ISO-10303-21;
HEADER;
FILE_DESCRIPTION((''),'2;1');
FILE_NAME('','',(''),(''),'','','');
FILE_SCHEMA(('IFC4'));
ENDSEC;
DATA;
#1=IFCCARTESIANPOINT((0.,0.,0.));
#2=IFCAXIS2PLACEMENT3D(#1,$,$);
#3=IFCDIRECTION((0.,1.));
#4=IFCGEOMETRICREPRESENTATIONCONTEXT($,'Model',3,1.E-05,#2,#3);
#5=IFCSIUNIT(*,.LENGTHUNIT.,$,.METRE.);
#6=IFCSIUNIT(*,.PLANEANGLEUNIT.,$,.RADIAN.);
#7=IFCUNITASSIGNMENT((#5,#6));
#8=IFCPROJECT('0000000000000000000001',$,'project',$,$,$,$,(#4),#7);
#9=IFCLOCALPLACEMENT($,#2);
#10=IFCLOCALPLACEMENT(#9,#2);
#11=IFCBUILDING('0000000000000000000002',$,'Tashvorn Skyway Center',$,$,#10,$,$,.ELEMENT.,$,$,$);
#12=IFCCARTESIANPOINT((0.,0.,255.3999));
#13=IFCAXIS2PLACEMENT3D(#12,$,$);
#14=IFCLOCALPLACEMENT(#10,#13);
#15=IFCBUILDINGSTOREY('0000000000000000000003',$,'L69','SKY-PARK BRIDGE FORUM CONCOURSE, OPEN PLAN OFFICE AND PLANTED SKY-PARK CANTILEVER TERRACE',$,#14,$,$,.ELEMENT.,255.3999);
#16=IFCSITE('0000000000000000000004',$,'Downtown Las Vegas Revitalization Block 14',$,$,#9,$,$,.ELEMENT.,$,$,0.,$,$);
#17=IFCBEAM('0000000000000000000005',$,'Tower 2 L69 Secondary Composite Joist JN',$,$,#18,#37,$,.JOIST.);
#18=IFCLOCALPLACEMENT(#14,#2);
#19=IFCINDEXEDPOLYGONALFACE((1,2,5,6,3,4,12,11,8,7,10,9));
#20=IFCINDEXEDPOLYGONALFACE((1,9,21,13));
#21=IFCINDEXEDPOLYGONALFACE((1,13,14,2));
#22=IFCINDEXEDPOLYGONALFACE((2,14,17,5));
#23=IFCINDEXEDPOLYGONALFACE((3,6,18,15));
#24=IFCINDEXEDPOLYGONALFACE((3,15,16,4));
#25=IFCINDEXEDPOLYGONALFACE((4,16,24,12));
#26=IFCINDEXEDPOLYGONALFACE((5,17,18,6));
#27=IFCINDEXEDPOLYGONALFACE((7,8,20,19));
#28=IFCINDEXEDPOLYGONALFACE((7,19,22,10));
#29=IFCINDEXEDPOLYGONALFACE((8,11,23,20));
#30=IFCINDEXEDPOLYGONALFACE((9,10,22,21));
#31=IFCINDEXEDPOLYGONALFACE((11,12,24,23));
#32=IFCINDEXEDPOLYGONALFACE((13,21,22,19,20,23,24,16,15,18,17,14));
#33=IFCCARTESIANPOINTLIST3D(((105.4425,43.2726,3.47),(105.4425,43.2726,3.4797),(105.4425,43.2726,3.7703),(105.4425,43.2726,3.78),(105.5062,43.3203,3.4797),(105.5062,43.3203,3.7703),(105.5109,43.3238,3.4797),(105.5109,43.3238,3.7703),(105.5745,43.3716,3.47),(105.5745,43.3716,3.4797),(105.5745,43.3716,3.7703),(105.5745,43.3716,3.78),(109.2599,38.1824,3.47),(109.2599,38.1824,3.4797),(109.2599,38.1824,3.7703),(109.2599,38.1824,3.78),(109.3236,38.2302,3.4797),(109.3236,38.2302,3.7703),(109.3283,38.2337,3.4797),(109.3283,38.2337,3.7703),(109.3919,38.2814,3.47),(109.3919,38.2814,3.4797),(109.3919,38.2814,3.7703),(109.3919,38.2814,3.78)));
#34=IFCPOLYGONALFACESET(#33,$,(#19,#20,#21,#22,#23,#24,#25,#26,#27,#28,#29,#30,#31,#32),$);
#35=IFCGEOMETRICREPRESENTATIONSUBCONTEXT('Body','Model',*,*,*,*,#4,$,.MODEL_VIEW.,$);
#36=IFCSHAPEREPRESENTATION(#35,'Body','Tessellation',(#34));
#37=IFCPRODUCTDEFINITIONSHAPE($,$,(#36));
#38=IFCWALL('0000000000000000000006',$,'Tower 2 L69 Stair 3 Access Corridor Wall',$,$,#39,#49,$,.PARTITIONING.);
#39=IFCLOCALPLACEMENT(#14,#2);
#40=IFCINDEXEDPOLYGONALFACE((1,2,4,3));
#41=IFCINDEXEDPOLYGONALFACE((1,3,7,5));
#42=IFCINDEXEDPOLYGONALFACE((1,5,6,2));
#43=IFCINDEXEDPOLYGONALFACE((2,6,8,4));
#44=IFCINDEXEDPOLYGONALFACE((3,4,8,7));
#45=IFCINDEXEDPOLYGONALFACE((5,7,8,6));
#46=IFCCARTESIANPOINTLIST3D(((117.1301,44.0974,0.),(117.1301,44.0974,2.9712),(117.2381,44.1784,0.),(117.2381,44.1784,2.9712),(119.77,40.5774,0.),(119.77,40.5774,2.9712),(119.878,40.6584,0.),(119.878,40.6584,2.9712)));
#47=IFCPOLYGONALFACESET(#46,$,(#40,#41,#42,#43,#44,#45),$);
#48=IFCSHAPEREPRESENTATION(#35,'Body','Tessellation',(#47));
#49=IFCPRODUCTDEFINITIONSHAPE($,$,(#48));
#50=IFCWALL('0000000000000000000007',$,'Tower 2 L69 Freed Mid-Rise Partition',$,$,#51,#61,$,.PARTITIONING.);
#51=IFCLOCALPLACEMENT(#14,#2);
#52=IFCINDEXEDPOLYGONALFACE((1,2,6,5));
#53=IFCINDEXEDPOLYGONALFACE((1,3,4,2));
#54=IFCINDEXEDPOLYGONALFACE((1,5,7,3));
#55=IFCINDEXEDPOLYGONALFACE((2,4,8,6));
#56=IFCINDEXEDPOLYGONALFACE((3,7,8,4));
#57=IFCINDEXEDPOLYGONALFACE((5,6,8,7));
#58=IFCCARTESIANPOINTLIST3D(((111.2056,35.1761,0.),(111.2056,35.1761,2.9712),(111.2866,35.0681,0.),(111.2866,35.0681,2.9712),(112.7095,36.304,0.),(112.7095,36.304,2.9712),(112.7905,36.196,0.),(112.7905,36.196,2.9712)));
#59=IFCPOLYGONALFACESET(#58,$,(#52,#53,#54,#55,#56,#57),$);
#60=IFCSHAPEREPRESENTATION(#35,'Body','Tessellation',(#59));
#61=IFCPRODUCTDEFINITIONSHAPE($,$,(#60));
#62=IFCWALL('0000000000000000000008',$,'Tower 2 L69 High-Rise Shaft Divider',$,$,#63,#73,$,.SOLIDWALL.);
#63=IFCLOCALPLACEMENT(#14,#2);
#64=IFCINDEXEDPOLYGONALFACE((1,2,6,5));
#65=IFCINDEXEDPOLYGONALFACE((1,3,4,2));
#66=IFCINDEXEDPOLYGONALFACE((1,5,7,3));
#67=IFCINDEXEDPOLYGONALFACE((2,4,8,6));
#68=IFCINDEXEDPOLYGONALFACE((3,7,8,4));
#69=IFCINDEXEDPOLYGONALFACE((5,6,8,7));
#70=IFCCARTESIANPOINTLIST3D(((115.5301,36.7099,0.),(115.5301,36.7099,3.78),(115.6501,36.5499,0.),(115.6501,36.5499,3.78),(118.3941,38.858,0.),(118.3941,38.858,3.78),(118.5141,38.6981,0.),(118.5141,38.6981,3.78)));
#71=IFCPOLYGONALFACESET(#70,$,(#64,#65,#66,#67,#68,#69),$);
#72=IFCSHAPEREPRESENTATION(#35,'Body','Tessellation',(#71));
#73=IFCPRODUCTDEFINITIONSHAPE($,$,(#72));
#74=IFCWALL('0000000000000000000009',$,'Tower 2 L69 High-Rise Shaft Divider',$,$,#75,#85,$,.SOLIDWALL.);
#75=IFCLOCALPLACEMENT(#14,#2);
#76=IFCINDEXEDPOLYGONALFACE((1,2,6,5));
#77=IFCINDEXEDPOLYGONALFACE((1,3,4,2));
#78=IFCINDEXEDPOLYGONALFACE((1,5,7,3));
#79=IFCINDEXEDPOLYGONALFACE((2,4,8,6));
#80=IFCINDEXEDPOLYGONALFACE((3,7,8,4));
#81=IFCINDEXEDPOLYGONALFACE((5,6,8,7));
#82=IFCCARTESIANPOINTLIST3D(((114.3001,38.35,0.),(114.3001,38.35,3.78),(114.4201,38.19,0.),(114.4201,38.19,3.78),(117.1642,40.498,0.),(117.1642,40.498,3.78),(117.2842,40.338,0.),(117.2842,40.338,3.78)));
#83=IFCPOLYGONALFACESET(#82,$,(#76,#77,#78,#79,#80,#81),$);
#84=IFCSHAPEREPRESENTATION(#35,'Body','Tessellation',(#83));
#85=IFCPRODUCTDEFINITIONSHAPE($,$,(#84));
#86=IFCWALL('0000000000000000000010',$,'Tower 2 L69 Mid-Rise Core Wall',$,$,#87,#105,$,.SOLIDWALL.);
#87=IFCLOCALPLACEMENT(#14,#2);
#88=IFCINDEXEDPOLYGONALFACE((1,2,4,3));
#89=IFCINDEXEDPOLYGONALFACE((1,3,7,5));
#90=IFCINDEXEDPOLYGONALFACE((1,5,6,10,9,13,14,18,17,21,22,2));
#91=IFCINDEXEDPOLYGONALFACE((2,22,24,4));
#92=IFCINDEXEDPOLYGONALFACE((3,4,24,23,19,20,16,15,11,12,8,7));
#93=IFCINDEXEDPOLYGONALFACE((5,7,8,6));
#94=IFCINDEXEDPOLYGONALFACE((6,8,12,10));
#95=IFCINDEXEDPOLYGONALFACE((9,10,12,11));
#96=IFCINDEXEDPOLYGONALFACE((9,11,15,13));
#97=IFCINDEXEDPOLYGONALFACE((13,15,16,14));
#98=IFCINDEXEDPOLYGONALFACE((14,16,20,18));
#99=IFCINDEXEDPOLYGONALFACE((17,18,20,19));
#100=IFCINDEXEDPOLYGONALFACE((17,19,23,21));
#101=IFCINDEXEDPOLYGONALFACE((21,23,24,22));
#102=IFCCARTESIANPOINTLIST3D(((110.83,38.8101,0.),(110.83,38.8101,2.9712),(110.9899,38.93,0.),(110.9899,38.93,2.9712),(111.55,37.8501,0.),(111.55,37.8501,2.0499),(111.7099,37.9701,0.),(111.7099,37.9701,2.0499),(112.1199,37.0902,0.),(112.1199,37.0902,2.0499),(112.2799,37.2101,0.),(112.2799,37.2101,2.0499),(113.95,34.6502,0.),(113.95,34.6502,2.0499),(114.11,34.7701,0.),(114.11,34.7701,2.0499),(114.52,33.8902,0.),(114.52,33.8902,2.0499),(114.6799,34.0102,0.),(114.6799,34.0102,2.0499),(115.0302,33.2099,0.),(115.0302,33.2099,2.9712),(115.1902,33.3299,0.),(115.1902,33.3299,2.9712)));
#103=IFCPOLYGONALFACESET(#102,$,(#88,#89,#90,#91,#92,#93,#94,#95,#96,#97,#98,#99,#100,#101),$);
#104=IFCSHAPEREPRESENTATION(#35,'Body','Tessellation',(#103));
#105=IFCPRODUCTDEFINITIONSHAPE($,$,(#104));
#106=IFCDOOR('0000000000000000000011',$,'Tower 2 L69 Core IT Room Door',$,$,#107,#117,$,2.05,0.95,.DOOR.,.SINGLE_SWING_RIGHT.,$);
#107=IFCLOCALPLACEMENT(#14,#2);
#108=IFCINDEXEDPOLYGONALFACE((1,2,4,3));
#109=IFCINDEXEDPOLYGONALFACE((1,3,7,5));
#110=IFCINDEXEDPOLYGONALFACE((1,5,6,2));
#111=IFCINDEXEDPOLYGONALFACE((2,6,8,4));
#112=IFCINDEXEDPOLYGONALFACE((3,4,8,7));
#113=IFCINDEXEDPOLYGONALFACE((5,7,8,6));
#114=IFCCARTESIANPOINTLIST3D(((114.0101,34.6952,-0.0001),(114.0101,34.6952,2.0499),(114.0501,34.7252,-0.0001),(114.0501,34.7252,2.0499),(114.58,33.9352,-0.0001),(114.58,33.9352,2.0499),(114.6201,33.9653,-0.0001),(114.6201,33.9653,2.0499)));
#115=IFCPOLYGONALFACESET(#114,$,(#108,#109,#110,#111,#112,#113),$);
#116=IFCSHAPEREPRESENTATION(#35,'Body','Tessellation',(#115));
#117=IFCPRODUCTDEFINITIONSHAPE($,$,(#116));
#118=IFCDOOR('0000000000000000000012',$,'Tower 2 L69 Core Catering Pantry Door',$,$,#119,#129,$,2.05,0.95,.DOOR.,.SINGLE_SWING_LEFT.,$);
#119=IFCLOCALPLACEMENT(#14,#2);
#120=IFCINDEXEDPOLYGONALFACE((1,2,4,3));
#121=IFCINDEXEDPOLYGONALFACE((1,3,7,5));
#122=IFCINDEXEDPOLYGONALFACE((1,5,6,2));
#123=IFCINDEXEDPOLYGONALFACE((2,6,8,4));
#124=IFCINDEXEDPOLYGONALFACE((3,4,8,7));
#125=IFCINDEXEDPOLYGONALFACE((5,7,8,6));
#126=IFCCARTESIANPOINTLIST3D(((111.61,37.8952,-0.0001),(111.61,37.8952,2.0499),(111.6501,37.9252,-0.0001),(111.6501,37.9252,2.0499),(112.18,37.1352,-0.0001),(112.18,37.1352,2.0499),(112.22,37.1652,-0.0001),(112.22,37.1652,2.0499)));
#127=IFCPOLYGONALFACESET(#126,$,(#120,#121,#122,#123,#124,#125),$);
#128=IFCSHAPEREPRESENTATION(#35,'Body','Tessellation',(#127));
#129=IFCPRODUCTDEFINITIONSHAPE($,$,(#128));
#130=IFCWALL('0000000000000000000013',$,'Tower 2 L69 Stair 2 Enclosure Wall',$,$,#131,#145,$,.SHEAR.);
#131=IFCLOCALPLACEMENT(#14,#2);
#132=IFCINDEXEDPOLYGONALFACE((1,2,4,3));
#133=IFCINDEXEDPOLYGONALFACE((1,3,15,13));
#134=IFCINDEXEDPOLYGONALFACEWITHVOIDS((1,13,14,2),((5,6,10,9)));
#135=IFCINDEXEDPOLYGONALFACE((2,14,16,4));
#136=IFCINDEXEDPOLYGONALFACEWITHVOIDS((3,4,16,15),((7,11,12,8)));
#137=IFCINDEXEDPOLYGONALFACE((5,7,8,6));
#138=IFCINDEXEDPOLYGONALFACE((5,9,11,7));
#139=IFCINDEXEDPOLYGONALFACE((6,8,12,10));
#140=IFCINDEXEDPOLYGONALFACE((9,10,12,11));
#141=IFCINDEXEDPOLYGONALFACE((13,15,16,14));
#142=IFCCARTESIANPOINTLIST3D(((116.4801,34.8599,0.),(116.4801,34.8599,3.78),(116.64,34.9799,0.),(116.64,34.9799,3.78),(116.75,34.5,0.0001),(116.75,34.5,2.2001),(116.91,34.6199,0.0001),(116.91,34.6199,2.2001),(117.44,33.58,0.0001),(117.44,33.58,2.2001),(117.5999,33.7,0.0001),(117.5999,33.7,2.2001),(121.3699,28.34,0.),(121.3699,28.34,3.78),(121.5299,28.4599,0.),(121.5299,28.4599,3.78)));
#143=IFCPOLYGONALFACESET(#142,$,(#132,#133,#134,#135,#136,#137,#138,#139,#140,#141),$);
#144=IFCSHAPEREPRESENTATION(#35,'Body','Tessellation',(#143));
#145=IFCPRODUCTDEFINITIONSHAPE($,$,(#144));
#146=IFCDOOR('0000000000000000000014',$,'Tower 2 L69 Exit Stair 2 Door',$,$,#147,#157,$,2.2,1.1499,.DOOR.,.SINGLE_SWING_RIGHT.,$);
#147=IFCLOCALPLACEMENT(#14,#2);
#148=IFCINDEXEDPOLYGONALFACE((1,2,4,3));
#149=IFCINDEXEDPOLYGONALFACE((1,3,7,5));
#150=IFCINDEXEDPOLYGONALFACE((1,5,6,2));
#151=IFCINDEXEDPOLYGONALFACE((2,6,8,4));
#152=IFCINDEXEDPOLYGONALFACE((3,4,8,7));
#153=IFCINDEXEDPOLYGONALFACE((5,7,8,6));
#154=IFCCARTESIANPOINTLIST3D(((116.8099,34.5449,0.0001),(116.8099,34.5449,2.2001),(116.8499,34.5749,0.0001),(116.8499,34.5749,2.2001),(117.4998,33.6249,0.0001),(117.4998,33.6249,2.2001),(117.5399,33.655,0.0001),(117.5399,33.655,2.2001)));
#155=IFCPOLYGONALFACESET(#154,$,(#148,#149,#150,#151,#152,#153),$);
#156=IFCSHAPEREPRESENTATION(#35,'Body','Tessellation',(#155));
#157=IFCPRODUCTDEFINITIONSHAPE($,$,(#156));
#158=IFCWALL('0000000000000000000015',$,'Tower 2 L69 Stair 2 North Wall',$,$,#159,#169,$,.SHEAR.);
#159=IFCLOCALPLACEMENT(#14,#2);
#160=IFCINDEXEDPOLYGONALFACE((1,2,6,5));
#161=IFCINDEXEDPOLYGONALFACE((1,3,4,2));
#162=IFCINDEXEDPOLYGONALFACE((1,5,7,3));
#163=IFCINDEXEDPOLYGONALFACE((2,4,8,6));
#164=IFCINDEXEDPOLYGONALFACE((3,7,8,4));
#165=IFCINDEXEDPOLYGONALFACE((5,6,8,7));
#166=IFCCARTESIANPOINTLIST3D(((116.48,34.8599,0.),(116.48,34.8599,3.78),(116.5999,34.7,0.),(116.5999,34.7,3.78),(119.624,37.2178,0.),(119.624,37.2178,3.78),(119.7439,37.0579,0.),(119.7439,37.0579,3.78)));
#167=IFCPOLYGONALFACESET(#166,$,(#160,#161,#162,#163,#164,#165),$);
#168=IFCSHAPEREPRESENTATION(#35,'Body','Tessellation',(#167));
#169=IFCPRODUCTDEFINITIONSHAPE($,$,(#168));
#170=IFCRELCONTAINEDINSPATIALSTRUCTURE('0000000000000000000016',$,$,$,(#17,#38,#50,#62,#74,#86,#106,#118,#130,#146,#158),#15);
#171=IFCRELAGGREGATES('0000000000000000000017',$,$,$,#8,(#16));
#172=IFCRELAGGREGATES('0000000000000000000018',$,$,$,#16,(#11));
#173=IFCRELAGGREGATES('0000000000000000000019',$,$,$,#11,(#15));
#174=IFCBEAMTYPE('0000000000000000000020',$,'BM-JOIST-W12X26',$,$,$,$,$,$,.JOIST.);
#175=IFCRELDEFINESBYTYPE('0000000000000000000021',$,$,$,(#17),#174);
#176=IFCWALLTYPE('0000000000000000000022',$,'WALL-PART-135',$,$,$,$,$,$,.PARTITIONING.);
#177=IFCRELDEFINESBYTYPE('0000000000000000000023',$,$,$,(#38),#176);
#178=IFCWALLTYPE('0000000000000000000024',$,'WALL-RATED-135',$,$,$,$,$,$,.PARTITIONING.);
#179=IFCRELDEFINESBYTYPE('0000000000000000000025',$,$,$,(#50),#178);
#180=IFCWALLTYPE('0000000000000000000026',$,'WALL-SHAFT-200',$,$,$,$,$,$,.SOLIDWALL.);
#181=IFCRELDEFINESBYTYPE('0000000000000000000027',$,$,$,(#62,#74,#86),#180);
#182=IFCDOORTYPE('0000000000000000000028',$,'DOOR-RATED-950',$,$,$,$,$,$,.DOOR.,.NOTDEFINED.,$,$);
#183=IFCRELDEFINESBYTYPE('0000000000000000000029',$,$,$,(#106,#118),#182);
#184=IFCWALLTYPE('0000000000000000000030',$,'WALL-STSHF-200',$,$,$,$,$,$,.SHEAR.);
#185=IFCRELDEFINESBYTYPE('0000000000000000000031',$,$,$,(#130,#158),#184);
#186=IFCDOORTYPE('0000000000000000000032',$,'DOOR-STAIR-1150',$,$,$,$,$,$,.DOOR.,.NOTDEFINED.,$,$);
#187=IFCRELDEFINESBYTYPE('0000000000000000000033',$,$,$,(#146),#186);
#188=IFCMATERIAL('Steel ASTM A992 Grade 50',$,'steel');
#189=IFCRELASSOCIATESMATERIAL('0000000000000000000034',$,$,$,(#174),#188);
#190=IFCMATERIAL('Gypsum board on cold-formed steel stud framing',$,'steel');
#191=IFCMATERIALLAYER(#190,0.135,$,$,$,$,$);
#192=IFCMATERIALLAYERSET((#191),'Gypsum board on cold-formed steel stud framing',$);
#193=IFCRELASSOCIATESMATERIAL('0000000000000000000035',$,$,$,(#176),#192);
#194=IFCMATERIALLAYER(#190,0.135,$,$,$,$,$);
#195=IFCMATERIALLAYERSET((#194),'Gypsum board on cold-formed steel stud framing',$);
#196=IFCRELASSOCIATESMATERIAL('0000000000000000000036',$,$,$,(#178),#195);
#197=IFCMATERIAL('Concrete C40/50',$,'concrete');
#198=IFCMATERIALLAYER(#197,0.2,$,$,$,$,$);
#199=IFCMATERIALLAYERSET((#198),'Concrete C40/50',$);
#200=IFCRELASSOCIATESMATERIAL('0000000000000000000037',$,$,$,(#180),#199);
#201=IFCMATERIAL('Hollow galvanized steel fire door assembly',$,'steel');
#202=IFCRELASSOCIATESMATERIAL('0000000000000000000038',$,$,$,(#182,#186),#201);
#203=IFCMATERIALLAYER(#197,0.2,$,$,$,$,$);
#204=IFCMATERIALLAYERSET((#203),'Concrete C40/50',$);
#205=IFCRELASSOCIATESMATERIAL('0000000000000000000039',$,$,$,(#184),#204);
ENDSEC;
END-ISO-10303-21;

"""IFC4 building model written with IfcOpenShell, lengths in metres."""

from ifc_helpers import new_model, si_unit, direction, frame, frame_2d, origin, origin_2d, place, context, subcontext, project, spatial, rectangle, i_section, extrude, material, layer, layer_set, material_profile, profile_set, type_object, element, fill, save


model = new_model("IFC4")

# Units and contexts
model_context = context("Model", 3, precision=1e-05, world=origin(), true_north=direction((0.0, 1.0)))
body_context = subcontext(model_context, "Body", "Model", "MODEL_VIEW")
ifc_project = project(units=[si_unit("LENGTHUNIT", "METRE"), si_unit("PLANEANGLEUNIT", "RADIAN")], contexts=[model_context])

# Site, building, storey
site_placement = place(None, origin())
site = spatial("IfcSite", under=ifc_project, at=site_placement, Name="Downtown Las Vegas Revitalization Block 14", CompositionType="ELEMENT", RefElevation=0.0)
building_placement = place(site_placement, origin())
building = spatial("IfcBuilding", under=site, at=building_placement, Name="Tashvorn Skyway Center", CompositionType="ELEMENT")
storey_placement = place(building_placement, frame((0.0, 0.0, 255.3999)))
storey = spatial("IfcBuildingStorey", under=building, at=storey_placement, Name="L69", Description="SKY-PARK BRIDGE FORUM CONCOURSE, OPEN PLAN OFFICE AND PLANTED SKY-PARK CANTILEVER TERRACE", CompositionType="ELEMENT", Elevation=255.3999)

# Beam
ifc_material_1 = material(Name="Steel ASTM A992 Grade 50", Category="steel")
ifc_material_profile = material_profile(ifc_material_1, i_section(OverallWidth=0.165, OverallDepth=0.3101, WebThickness=0.0059, FlangeThickness=0.0098, at=origin_2d()), Name="W12X26")
ifc_profile_set = profile_set([ifc_material_profile], Name="Steel ASTM A992 Grade 50")
beam_type = type_object("IfcBeamType", Name="BM-JOIST-W12X26", PredefinedType="JOIST", material=ifc_profile_set)
beam_placement = place(storey_placement, frame((109.3259, 38.2319, 3.625), z_axis=(-0.599982, 0.800014, 0.0), x_axis=(-0.800014, -0.599982, 0.0)))
element("IfcBeam", 1, at=beam_placement, inside=storey, type_object=beam_type, Name="Tower 2 L69 Secondary Composite Joist JN", PredefinedType="JOIST", context=body_context, shape_type="SweptSolid", body=[
    extrude(i_section(OverallWidth=0.165, OverallDepth=0.3101, WebThickness=0.0059, FlangeThickness=0.0098, at=origin_2d()), origin(), (0.0, 0.0, 1.0), 6.3625),
])

# Walls
ifc_material_2 = material(Name="Gypsum board on cold-formed steel stud framing", Category="steel")
ifc_layer_1 = layer(ifc_material_2, 0.135)
ifc_layer_set_1 = layer_set([ifc_layer_1], Name="Gypsum board on cold-formed steel stud framing")
wall_type_1 = type_object("IfcWallType", Name="WALL-PART-135", PredefinedType="PARTITIONING", material=ifc_layer_set_1)
wall_1_placement = place(storey_placement, frame((119.824, 40.6179, 0.0), z_axis=(0.0, 0.0, 1.0), x_axis=(-0.599982, 0.800013, 0.0)))
element("IfcWall", 2, at=wall_1_placement, inside=storey, type_object=wall_type_1, Name="Tower 2 L69 Stair 3 Access Corridor Wall", PredefinedType="PARTITIONING", context=body_context, shape_type="SweptSolid", body=[
    extrude(rectangle(XDim=4.3999, YDim=0.135, at=frame_2d((2.2, 0.0))), origin(), (0.0, 0.0, 1.0), 2.9712),
])
ifc_layer_2 = layer(ifc_material_2, 0.135)
ifc_layer_set_2 = layer_set([ifc_layer_2], Name="Gypsum board on cold-formed steel stud framing")
wall_type_2 = type_object("IfcWallType", Name="WALL-RATED-135", PredefinedType="PARTITIONING", material=ifc_layer_set_2)
wall_2_placement = place(storey_placement, frame((111.2461, 35.1221, 0.0), z_axis=(0.0, 0.0, 1.0), x_axis=(0.8, 0.6, 0.0)))
element("IfcWall", 3, at=wall_2_placement, inside=storey, type_object=wall_type_2, Name="Tower 2 L69 Freed Mid-Rise Partition", PredefinedType="PARTITIONING", context=body_context, shape_type="SweptSolid", body=[
    extrude(rectangle(XDim=1.8799, YDim=0.135, at=frame_2d((0.9399, 0.0))), origin(), (0.0, 0.0, 1.0), 2.9712),
])
ifc_material_3 = material(Name="Concrete C40/50", Category="concrete")
ifc_layer_3 = layer(ifc_material_3, 0.2)
ifc_layer_set_3 = layer_set([ifc_layer_3], Name="Concrete C40/50")
wall_type_3 = type_object("IfcWallType", Name="WALL-SHAFT-200", PredefinedType="SOLIDWALL", material=ifc_layer_set_3)
for number, where, z_axis, x_axis, name in (
    (4, (115.5901, 36.6299, 0.0), (0.0, 0.0, 1.0), (0.799975, 0.600033, 0.0), "Tower 2 L69 High-Rise Shaft Divider"),
    (5, (114.3601, 38.27, 0.0), (0.0, 0.0, 1.0), (0.800008, 0.599989, 0.0), "Tower 2 L69 High-Rise Shaft Divider"),
):
    element("IfcWall", number, at=place(storey_placement, frame(where, z_axis=z_axis, x_axis=x_axis)), inside=storey, type_object=wall_type_3, Name=name, PredefinedType="SOLIDWALL", context=body_context, shape_type="SweptSolid", body=[
        extrude(rectangle(XDim=3.5801, YDim=0.2, at=frame_2d((1.79, 0.0))), origin(), (0.0, 0.0, 1.0), 3.78),
    ])

# Wall, openings, doors
wall_3_placement = place(storey_placement, frame((115.1101, 33.27, 0.0), z_axis=(0.0, 0.0, 1.0), x_axis=(-0.600011, 0.799992, 0.0)))
wall_3 = element("IfcWall", 6, at=wall_3_placement, inside=storey, type_object=wall_type_3, Name="Tower 2 L69 Mid-Rise Core Wall", PredefinedType="SOLIDWALL", context=body_context, shape_type="SweptSolid", body=[
    extrude(rectangle(XDim=7.0002, YDim=0.2, at=frame_2d((3.5, 0.0))), origin(), (0.0, 0.0, 1.0), 2.9712),
])
opening_1_placement = place(wall_3_placement, frame((0.8501, 0.0, 0.0)))
opening_1 = element("IfcOpeningElement", 7, at=opening_1_placement, cuts=wall_3, PredefinedType="OPENING", context=body_context, shape_type="SweptSolid", body=[
    extrude(rectangle(XDim=0.95, YDim=2.05, at=frame_2d((0.4751, 1.0249))), frame((0.0, 0.1099, 0.0), z_axis=(0.0, -1.0, 0.0), x_axis=(1.0, 0.0, 0.0)), (0.0, 0.0, 1.0), 0.22),
])
opening_2_placement = place(wall_3_placement, frame((4.8501, 0.0, 0.0)))
opening_2 = element("IfcOpeningElement", 8, at=opening_2_placement, cuts=wall_3, PredefinedType="OPENING", context=body_context, shape_type="SweptSolid", body=[
    extrude(rectangle(XDim=0.95, YDim=2.05, at=frame_2d((0.4751, 1.0249))), frame((0.0, 0.1099, 0.0), z_axis=(0.0, -1.0, 0.0), x_axis=(1.0, 0.0, 0.0)), (0.0, 0.0, 1.0), 0.22),
])
ifc_material_4 = material(Name="Hollow galvanized steel fire door assembly", Category="steel")
door_type_1 = type_object("IfcDoorType", Name="DOOR-RATED-950", OperationType="NOTDEFINED", PredefinedType="DOOR", material=ifc_material_4)
door_1_placement = place(opening_1_placement, origin())
door_1 = element("IfcDoor", 9, at=door_1_placement, inside=storey, type_object=door_type_1, Name="Tower 2 L69 Core IT Room Door", OperationType="SINGLE_SWING_RIGHT", OverallHeight=2.05, OverallWidth=0.95, PredefinedType="DOOR", context=body_context, shape_type="SweptSolid", body=[
    extrude(rectangle(XDim=0.95, YDim=2.05, at=frame_2d((0.4751, 1.0249))), frame((0.0, 0.0249, 0.0), z_axis=(0.0, -1.0, 0.0), x_axis=(1.0, 0.0, 0.0)), (0.0, 0.0, 1.0), 0.05),
])
fill(opening_1, door_1)
door_2_placement = place(opening_2_placement, origin())
door_2 = element("IfcDoor", 10, at=door_2_placement, inside=storey, type_object=door_type_1, Name="Tower 2 L69 Core Catering Pantry Door", OperationType="SINGLE_SWING_LEFT", OverallHeight=2.05, OverallWidth=0.95, PredefinedType="DOOR", context=body_context, shape_type="SweptSolid", body=[
    extrude(rectangle(XDim=0.95, YDim=2.05, at=frame_2d((0.4751, 1.0249))), frame((0.0, 0.0249, 0.0), z_axis=(0.0, -1.0, 0.0), x_axis=(1.0, 0.0, 0.0)), (0.0, 0.0, 1.0), 0.05),
])
fill(opening_2, door_2)

# Wall, opening, door
ifc_layer_4 = layer(ifc_material_3, 0.2)
ifc_layer_set_4 = layer_set([ifc_layer_4], Name="Concrete C40/50")
wall_type_4 = type_object("IfcWallType", Name="WALL-STSHF-200", PredefinedType="SHEAR", material=ifc_layer_set_4)
wall_4_placement = place(storey_placement, frame((116.5601, 34.9199, 0.0), z_axis=(0.0, 0.0, 1.0), x_axis=(0.59999, -0.800007, 0.0)))
wall_4 = element("IfcWall", 11, at=wall_4_placement, inside=storey, type_object=wall_type_4, Name="Tower 2 L69 Stair 2 Enclosure Wall", PredefinedType="SHEAR", context=body_context, shape_type="SweptSolid", body=[
    extrude(rectangle(XDim=8.1499, YDim=0.2, at=frame_2d((4.075, 0.0))), origin(), (0.0, 0.0, 1.0), 3.78),
])
opening_3_placement = place(wall_4_placement, frame((0.45, 0.0, 0.0)))
opening_3 = element("IfcOpeningElement", 12, at=opening_3_placement, cuts=wall_4, PredefinedType="OPENING", context=body_context, shape_type="SweptSolid", body=[
    extrude(rectangle(XDim=1.1499, YDim=2.2, at=frame_2d((0.575, 1.1001))), frame((0.0, 0.1099, 0.0), z_axis=(0.0, -1.0, 0.0), x_axis=(1.0, 0.0, 0.0)), (0.0, 0.0, 1.0), 0.22),
])
door_type_2 = type_object("IfcDoorType", Name="DOOR-STAIR-1150", OperationType="NOTDEFINED", PredefinedType="DOOR", material=ifc_material_4)
door_3_placement = place(opening_3_placement, origin())
door_3 = element("IfcDoor", 13, at=door_3_placement, inside=storey, type_object=door_type_2, Name="Tower 2 L69 Exit Stair 2 Door", OperationType="SINGLE_SWING_RIGHT", OverallHeight=2.2, OverallWidth=1.1499, PredefinedType="DOOR", context=body_context, shape_type="SweptSolid", body=[
    extrude(rectangle(XDim=1.1499, YDim=2.2, at=frame_2d((0.575, 1.1001))), frame((0.0, 0.0249, 0.0), z_axis=(0.0, -1.0, 0.0), x_axis=(1.0, 0.0, 0.0)), (0.0, 0.0, 1.0), 0.05),
])
fill(opening_3, door_3)

# Wall
wall_5_placement = place(storey_placement, frame((116.54, 34.78, 0.0), z_axis=(0.0, 0.0, 1.0), x_axis=(0.800015, 0.59998, 0.0)))
element("IfcWall", 14, at=wall_5_placement, inside=storey, type_object=wall_type_4, Name="Tower 2 L69 Stair 2 North Wall", PredefinedType="SHEAR", context=body_context, shape_type="SweptSolid", body=[
    extrude(rectangle(XDim=3.9299, YDim=0.2, at=frame_2d((1.9648, 0.0))), origin(), (0.0, 0.0, 1.0), 3.78),
])

save(model, "model.ifc")
